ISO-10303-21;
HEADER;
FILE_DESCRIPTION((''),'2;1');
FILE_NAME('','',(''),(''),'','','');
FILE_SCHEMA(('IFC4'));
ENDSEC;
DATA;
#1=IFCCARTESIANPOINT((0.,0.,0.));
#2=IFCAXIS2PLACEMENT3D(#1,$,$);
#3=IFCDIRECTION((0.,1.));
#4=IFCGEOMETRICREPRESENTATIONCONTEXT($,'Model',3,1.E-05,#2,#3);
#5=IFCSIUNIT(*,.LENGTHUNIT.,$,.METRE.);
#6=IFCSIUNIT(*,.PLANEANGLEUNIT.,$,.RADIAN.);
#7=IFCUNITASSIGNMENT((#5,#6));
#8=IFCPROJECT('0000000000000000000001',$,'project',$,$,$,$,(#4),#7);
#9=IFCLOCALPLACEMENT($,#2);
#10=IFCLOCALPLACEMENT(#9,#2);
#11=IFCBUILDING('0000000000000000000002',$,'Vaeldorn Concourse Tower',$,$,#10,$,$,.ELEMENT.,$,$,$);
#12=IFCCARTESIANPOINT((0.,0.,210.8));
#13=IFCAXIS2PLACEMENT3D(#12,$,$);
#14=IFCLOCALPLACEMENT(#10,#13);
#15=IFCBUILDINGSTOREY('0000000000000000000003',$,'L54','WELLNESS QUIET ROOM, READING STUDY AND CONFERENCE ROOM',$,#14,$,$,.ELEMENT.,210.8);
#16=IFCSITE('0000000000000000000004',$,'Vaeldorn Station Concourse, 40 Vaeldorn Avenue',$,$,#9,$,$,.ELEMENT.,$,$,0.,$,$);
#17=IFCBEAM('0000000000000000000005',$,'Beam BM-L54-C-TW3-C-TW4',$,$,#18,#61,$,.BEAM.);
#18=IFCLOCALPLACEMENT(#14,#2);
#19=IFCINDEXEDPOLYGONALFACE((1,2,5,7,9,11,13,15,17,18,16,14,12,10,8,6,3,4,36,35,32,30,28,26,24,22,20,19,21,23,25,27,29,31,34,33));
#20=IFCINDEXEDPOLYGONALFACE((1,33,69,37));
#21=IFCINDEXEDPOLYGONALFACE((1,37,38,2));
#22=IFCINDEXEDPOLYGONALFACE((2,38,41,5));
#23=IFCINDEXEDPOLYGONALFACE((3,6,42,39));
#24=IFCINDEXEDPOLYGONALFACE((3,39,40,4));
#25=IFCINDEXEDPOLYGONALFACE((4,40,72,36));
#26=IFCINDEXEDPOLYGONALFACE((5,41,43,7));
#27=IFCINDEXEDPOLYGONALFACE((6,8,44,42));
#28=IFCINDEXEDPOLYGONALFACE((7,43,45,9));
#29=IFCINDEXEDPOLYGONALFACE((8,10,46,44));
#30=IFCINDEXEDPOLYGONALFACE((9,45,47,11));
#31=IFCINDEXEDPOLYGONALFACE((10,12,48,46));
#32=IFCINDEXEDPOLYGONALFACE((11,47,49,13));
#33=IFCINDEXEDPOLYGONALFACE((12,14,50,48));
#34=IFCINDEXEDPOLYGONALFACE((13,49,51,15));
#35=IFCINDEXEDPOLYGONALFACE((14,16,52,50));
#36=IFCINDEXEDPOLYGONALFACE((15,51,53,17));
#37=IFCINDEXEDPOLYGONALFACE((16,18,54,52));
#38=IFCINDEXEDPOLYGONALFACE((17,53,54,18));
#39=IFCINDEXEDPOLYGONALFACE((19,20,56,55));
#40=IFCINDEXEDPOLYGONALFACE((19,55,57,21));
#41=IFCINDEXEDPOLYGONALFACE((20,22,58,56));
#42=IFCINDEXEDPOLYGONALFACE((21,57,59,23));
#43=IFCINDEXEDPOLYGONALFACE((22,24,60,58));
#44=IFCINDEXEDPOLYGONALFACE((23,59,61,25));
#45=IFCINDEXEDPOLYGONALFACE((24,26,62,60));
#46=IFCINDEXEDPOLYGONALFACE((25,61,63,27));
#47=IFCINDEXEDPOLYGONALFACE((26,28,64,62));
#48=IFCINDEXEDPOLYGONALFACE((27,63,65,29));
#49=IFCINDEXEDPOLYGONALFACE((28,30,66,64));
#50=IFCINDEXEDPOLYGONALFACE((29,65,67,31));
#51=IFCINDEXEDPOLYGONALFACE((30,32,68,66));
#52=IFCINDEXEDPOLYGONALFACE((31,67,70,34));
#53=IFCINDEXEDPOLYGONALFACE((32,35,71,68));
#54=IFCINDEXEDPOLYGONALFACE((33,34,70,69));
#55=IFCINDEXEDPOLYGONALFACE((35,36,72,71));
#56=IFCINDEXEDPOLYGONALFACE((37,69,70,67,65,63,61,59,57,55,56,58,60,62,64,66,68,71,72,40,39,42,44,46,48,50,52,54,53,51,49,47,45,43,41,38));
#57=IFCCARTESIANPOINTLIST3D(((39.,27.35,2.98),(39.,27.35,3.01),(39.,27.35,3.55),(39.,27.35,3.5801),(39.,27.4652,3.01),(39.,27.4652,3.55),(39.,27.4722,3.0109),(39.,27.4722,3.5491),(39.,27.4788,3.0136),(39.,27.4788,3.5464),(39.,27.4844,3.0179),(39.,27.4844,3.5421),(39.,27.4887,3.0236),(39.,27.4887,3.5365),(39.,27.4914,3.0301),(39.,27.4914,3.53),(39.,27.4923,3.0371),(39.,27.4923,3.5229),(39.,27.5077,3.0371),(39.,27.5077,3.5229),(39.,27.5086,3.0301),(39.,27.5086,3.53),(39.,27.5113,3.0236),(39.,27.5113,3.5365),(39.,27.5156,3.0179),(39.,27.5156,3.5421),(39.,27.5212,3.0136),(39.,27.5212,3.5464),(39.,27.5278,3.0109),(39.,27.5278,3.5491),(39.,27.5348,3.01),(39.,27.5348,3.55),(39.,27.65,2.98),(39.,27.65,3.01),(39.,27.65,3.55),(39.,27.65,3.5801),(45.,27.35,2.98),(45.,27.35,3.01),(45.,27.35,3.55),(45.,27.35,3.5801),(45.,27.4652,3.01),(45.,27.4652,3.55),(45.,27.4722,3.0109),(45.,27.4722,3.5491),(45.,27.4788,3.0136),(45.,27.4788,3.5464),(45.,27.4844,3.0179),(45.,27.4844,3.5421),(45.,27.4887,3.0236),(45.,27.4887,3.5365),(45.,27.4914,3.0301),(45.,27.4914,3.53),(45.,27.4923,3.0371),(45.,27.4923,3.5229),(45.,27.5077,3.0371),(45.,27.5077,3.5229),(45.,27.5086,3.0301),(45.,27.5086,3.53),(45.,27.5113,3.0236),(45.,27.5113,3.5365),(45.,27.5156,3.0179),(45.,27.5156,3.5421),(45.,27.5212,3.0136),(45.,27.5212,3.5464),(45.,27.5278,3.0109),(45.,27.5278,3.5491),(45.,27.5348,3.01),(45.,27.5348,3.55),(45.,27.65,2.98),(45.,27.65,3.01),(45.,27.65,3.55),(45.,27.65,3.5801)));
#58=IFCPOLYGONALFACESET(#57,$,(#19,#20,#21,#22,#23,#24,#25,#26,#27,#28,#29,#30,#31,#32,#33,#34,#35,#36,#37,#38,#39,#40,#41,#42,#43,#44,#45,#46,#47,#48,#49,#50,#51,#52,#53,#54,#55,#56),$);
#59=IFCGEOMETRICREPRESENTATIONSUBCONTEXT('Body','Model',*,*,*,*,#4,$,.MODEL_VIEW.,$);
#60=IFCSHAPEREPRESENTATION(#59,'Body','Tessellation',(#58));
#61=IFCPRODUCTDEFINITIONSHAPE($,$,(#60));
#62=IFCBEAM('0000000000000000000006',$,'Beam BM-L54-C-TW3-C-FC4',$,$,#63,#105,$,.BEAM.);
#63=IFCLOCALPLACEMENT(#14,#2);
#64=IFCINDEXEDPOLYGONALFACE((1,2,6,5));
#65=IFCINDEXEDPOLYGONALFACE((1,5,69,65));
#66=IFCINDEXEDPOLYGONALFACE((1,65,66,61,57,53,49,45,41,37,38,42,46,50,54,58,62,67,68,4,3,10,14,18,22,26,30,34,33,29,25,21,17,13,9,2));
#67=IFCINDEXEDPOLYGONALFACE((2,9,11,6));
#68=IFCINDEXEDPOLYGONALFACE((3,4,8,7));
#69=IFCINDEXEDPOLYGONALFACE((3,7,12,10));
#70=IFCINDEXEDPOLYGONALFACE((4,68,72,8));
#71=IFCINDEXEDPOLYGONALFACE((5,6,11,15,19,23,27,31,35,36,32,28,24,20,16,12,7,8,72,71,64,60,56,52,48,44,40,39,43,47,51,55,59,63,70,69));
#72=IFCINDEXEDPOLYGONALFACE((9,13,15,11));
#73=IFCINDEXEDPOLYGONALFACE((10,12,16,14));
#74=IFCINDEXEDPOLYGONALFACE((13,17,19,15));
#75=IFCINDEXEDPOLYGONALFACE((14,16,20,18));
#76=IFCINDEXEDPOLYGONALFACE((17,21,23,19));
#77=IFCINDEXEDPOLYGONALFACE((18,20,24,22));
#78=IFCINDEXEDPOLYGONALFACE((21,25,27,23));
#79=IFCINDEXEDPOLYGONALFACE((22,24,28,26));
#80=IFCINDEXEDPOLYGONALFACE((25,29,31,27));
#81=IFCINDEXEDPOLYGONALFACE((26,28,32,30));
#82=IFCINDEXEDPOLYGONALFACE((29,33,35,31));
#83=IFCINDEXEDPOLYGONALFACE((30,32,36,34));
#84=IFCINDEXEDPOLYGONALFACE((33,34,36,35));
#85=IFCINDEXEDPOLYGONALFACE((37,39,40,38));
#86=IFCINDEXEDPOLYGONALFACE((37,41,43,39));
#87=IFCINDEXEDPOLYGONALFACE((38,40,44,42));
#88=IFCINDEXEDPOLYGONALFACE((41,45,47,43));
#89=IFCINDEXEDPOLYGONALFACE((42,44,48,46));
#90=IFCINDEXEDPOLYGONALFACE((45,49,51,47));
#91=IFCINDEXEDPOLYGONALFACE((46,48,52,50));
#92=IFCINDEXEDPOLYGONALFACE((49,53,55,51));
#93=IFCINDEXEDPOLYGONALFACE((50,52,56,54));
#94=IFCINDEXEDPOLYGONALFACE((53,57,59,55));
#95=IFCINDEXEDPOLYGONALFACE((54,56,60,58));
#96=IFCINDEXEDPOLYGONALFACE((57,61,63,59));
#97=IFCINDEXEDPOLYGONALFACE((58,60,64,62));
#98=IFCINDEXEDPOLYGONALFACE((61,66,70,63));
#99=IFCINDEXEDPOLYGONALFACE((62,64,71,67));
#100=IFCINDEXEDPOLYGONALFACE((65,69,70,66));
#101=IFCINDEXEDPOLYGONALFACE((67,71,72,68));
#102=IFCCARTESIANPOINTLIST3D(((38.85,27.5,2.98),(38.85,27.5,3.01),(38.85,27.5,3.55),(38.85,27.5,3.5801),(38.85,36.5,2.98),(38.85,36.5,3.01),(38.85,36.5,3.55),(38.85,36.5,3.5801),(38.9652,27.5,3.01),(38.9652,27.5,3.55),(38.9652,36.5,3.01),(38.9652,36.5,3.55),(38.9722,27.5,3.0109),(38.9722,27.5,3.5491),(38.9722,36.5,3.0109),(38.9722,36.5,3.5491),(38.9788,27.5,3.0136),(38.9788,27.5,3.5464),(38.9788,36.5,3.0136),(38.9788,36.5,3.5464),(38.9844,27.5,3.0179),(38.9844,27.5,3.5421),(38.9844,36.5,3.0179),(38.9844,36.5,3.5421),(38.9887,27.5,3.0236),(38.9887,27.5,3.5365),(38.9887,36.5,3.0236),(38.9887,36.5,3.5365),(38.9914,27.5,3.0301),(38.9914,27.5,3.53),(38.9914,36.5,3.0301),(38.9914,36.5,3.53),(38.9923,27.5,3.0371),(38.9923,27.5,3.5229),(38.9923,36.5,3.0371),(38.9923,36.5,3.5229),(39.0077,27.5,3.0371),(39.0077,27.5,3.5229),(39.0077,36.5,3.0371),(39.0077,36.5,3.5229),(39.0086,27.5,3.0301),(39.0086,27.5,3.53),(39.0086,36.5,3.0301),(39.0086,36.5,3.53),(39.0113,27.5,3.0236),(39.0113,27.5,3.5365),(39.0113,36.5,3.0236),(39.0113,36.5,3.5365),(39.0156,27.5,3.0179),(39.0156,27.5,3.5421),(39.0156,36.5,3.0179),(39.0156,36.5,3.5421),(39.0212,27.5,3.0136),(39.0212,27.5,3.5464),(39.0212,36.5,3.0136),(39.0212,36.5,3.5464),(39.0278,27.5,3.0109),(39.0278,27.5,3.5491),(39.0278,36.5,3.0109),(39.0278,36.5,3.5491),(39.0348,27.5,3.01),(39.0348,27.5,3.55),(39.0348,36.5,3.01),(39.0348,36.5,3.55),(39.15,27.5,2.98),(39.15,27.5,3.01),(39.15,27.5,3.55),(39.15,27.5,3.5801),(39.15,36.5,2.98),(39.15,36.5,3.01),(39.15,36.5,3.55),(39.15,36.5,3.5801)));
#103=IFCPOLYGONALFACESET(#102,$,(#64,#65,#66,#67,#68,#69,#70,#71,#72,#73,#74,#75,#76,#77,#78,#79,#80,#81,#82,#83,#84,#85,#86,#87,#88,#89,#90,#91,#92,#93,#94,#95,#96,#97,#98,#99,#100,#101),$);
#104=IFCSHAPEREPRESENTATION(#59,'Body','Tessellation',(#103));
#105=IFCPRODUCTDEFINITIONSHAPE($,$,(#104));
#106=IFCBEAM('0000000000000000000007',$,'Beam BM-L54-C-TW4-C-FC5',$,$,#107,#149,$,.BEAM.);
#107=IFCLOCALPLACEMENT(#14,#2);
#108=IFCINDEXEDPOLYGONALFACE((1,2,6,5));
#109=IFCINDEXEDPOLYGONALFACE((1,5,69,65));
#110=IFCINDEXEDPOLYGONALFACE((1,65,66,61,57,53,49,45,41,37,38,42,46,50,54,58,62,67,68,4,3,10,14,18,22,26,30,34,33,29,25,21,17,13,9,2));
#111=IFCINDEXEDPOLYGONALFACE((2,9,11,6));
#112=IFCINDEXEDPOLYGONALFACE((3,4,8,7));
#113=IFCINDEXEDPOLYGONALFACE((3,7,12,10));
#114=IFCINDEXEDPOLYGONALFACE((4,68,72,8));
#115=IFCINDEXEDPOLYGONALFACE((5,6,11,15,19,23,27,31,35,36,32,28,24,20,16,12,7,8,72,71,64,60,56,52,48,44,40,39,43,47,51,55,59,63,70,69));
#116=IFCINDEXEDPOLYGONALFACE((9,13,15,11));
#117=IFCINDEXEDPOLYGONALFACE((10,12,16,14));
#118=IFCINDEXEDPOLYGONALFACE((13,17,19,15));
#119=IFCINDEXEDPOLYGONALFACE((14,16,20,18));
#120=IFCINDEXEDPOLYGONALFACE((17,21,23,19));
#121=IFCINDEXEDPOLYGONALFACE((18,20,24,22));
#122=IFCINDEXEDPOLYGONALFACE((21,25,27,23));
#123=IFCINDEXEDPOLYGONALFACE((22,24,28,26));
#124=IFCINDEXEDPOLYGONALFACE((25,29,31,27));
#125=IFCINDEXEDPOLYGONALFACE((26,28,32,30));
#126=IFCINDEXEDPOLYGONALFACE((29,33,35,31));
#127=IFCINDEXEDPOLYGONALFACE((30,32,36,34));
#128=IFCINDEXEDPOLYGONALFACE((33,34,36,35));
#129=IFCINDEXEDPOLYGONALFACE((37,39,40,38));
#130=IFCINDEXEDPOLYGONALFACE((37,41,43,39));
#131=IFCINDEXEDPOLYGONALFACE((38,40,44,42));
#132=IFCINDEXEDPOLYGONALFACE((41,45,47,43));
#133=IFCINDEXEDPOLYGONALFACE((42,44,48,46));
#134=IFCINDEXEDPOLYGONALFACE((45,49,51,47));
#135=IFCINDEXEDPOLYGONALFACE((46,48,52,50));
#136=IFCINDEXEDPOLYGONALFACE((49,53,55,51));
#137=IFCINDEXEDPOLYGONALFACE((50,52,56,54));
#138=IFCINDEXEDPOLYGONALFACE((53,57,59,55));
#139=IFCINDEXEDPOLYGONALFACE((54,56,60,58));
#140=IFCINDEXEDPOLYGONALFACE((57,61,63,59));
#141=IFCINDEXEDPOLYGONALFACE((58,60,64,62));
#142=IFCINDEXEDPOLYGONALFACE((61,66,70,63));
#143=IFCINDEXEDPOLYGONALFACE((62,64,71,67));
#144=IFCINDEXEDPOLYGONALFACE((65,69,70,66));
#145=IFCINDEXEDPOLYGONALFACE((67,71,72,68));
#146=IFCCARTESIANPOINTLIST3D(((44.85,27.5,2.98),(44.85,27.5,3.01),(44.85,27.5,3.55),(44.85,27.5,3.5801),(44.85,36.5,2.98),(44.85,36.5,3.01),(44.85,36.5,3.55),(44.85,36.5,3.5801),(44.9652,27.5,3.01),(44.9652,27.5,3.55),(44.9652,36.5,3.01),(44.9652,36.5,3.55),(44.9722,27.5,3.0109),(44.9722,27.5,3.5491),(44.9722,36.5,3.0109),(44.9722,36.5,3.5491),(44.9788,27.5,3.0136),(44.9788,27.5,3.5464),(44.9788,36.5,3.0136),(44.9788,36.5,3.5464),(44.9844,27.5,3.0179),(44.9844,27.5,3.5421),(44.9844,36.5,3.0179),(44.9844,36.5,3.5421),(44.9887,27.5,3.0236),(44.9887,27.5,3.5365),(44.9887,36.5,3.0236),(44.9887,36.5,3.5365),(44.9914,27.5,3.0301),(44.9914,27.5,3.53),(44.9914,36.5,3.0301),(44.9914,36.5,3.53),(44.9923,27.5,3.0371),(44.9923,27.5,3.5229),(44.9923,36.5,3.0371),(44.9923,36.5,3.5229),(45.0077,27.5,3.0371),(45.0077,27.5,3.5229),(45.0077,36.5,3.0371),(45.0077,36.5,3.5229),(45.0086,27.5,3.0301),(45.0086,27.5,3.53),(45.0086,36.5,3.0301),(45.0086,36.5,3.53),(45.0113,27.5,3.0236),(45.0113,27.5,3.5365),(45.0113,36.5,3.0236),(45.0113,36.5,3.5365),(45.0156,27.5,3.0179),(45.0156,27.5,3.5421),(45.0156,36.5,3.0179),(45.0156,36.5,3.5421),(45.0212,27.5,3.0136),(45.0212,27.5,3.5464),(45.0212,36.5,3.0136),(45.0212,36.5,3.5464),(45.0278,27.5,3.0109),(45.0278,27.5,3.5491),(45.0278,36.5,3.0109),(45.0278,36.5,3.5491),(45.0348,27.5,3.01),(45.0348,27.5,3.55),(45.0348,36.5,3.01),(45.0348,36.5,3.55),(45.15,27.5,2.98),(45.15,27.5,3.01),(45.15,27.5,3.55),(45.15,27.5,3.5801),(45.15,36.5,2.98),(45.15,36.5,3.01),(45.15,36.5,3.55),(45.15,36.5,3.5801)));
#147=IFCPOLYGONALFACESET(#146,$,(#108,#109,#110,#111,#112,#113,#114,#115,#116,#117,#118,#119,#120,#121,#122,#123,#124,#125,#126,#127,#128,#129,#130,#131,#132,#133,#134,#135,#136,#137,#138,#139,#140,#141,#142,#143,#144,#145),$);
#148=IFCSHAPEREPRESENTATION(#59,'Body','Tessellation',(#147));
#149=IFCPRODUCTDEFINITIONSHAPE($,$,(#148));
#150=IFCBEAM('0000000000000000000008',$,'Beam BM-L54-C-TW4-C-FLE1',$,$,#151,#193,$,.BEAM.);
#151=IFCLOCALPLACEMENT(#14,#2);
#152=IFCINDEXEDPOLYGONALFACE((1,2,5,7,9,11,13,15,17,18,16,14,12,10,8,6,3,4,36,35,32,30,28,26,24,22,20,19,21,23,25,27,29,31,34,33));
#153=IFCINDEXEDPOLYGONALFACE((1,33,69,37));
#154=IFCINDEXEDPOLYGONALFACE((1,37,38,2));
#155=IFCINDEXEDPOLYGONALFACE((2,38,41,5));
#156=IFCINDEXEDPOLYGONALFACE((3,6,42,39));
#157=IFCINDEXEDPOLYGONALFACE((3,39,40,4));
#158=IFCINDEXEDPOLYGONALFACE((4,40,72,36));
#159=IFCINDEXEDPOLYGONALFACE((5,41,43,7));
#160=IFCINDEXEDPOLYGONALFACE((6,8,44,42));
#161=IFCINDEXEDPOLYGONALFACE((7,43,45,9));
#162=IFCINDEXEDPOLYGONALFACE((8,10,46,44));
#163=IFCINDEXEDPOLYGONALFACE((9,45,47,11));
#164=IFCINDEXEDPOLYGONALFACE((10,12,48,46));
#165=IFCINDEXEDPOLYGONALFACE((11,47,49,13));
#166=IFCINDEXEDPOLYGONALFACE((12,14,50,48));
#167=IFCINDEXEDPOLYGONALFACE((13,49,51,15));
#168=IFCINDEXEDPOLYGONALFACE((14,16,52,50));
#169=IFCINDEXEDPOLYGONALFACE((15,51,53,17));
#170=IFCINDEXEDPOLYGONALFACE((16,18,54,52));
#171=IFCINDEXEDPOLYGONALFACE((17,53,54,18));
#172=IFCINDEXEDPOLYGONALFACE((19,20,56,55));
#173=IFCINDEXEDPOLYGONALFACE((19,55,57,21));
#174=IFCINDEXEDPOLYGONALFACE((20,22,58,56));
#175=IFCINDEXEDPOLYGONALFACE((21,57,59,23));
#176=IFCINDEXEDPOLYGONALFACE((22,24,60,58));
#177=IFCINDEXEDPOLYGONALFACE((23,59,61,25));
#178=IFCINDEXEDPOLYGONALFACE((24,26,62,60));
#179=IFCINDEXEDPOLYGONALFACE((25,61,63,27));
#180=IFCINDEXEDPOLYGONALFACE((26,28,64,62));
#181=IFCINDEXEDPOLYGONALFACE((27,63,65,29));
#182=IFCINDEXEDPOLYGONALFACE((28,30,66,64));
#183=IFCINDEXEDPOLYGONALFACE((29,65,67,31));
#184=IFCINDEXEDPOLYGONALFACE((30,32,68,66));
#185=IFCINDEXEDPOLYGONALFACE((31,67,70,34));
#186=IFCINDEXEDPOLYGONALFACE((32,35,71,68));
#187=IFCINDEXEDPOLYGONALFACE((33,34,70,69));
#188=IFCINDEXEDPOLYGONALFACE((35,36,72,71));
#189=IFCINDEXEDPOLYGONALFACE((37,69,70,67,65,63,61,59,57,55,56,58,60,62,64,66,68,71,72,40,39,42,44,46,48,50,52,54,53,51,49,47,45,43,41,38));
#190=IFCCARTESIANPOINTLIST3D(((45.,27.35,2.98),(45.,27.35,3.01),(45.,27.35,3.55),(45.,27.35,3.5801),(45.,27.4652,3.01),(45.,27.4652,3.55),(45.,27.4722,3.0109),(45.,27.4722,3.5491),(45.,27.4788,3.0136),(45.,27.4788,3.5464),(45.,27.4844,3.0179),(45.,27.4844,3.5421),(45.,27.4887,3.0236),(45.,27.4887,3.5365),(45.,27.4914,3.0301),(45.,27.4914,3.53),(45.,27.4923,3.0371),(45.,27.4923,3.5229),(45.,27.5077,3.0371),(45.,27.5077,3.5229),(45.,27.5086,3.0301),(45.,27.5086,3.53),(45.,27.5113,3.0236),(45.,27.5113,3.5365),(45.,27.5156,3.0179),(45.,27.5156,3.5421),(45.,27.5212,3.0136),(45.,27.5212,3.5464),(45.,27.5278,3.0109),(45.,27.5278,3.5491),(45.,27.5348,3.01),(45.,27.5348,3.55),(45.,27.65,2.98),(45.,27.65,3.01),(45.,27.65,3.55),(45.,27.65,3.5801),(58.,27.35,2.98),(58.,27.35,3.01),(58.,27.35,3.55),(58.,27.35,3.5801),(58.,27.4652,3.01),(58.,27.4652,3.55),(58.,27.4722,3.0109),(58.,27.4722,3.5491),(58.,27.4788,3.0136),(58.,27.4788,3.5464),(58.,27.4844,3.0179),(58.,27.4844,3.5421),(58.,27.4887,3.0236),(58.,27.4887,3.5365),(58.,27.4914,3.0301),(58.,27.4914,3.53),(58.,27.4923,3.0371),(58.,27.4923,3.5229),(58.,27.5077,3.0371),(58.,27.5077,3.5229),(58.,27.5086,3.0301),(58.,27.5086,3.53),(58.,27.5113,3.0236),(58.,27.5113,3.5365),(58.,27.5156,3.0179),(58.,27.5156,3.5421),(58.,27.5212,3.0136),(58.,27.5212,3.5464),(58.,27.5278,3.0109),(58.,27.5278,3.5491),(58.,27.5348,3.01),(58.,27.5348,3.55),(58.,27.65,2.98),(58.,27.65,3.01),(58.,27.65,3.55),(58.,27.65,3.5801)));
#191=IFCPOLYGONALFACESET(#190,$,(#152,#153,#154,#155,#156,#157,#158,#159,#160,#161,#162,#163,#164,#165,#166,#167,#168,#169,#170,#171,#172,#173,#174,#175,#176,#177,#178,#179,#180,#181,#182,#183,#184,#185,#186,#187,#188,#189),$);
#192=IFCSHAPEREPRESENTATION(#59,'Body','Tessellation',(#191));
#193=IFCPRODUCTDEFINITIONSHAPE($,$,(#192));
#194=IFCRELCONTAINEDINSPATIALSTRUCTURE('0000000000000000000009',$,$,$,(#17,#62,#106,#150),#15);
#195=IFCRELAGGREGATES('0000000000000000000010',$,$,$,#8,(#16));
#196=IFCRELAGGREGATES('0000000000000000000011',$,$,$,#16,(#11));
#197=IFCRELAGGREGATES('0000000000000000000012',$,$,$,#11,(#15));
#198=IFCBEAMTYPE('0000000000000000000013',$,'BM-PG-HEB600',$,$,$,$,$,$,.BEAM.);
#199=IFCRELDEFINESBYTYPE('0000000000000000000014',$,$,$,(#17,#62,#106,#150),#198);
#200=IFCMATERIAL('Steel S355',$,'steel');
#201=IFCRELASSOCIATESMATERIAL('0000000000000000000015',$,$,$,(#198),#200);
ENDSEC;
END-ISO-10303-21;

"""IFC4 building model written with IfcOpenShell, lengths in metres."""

from ifc_helpers import new_model, si_unit, direction, frame, origin, origin_2d, place, context, subcontext, project, spatial, i_section, extrude, source, transform, mapped, material, material_profile, profile_set, type_object, element, save


model = new_model("IFC4")

# Units and contexts
model_context = context("Model", 3, precision=1e-05, world=origin(), true_north=direction((0.0, 1.0)))
body_context = subcontext(model_context, "Body", "Model", "MODEL_VIEW")
ifc_project = project(units=[si_unit("LENGTHUNIT", "METRE"), si_unit("PLANEANGLEUNIT", "RADIAN")], contexts=[model_context])

# Site, building, storey
site_placement = place(None, origin())
site = spatial("IfcSite", under=ifc_project, at=site_placement, Name="Vaeldorn Station Concourse, 40 Vaeldorn Avenue", CompositionType="ELEMENT", RefElevation=0.0)
building_placement = place(site_placement, origin())
building = spatial("IfcBuilding", under=site, at=building_placement, Name="Vaeldorn Concourse Tower", CompositionType="ELEMENT")
storey_placement = place(building_placement, frame((0.0, 0.0, 210.8)))
storey = spatial("IfcBuildingStorey", under=building, at=storey_placement, Name="L54", Description="WELLNESS QUIET ROOM, READING STUDY AND CONFERENCE ROOM", CompositionType="ELEMENT", Elevation=210.8)

# Shared definitions
ifc_material_1 = material(Name="Steel S355", Category="steel")

# Beams
ifc_material_profile_1 = material_profile(ifc_material_1, i_section(OverallWidth=0.3, OverallDepth=0.6001, WebThickness=0.0154, FlangeThickness=0.03, FilletRadius=0.0271, at=origin_2d()), Name="HEB 600")
ifc_profile_set_1 = profile_set([ifc_material_profile_1], Name="Steel S355")
beam_type_1 = type_object("IfcBeamType", Name="BM-PG-HEB600", PredefinedType="BEAM", material=ifc_profile_set_1)
shared_shape_1 = source(origin(), body_context, "Body", "SweptSolid", [
    extrude(i_section(OverallWidth=0.3, OverallDepth=0.6001, WebThickness=0.0154, FlangeThickness=0.03, FilletRadius=0.0271, at=origin_2d()), origin(), (0.0, 0.0, 1.0), 6.0),
])
beam_1_placement = place(storey_placement, frame((39.0, 27.5, 3.28), z_axis=(1.0, 0.0, 0.0), x_axis=(0.0, 1.0, 0.0)))
element("IfcBeam", 1, at=beam_1_placement, inside=storey, type_object=beam_type_1, Name="Beam BM-L54-C-TW3-C-TW4", PredefinedType="BEAM", context=body_context, shape_type="MappedRepresentation", body=[
    mapped(shared_shape_1, transform((0.0, 0.0, 0.0), scale=1.0)),
])
shared_shape_2 = source(origin(), body_context, "Body", "SweptSolid", [
    extrude(i_section(OverallWidth=0.3, OverallDepth=0.6001, WebThickness=0.0154, FlangeThickness=0.03, FilletRadius=0.0271, at=origin_2d()), origin(), (0.0, 0.0, 1.0), 9.0),
])
for number, where, z_axis, x_axis, name in (
    (2, (39.0, 27.5, 3.28), (0.0, 1.0, 0.0), (-1.0, 0.0, 0.0), "Beam BM-L54-C-TW3-C-FC4"),
    (3, (45.0, 27.5, 3.28), (0.0, 1.0, 0.0), (-1.0, 0.0, 0.0), "Beam BM-L54-C-TW4-C-FC5"),
):
    element("IfcBeam", number, at=place(storey_placement, frame(where, z_axis=z_axis, x_axis=x_axis)), inside=storey, type_object=beam_type_1, Name=name, PredefinedType="BEAM", context=body_context, shape_type="MappedRepresentation", body=[
        mapped(shared_shape_2, transform((0.0, 0.0, 0.0), scale=1.0)),
    ])
shared_shape_3 = source(origin(), body_context, "Body", "SweptSolid", [
    extrude(i_section(OverallWidth=0.3, OverallDepth=0.6001, WebThickness=0.0154, FlangeThickness=0.03, FilletRadius=0.0271, at=origin_2d()), origin(), (0.0, 0.0, 1.0), 13.0),
])
beam_2_placement = place(storey_placement, frame((45.0, 27.5, 3.28), z_axis=(1.0, 0.0, 0.0), x_axis=(0.0, 1.0, 0.0)))
element("IfcBeam", 4, at=beam_2_placement, inside=storey, type_object=beam_type_1, Name="Beam BM-L54-C-TW4-C-FLE1", PredefinedType="BEAM", context=body_context, shape_type="MappedRepresentation", body=[
    mapped(shared_shape_3, transform((0.0, 0.0, 0.0), scale=1.0)),
])

save(model, "model.ifc")
